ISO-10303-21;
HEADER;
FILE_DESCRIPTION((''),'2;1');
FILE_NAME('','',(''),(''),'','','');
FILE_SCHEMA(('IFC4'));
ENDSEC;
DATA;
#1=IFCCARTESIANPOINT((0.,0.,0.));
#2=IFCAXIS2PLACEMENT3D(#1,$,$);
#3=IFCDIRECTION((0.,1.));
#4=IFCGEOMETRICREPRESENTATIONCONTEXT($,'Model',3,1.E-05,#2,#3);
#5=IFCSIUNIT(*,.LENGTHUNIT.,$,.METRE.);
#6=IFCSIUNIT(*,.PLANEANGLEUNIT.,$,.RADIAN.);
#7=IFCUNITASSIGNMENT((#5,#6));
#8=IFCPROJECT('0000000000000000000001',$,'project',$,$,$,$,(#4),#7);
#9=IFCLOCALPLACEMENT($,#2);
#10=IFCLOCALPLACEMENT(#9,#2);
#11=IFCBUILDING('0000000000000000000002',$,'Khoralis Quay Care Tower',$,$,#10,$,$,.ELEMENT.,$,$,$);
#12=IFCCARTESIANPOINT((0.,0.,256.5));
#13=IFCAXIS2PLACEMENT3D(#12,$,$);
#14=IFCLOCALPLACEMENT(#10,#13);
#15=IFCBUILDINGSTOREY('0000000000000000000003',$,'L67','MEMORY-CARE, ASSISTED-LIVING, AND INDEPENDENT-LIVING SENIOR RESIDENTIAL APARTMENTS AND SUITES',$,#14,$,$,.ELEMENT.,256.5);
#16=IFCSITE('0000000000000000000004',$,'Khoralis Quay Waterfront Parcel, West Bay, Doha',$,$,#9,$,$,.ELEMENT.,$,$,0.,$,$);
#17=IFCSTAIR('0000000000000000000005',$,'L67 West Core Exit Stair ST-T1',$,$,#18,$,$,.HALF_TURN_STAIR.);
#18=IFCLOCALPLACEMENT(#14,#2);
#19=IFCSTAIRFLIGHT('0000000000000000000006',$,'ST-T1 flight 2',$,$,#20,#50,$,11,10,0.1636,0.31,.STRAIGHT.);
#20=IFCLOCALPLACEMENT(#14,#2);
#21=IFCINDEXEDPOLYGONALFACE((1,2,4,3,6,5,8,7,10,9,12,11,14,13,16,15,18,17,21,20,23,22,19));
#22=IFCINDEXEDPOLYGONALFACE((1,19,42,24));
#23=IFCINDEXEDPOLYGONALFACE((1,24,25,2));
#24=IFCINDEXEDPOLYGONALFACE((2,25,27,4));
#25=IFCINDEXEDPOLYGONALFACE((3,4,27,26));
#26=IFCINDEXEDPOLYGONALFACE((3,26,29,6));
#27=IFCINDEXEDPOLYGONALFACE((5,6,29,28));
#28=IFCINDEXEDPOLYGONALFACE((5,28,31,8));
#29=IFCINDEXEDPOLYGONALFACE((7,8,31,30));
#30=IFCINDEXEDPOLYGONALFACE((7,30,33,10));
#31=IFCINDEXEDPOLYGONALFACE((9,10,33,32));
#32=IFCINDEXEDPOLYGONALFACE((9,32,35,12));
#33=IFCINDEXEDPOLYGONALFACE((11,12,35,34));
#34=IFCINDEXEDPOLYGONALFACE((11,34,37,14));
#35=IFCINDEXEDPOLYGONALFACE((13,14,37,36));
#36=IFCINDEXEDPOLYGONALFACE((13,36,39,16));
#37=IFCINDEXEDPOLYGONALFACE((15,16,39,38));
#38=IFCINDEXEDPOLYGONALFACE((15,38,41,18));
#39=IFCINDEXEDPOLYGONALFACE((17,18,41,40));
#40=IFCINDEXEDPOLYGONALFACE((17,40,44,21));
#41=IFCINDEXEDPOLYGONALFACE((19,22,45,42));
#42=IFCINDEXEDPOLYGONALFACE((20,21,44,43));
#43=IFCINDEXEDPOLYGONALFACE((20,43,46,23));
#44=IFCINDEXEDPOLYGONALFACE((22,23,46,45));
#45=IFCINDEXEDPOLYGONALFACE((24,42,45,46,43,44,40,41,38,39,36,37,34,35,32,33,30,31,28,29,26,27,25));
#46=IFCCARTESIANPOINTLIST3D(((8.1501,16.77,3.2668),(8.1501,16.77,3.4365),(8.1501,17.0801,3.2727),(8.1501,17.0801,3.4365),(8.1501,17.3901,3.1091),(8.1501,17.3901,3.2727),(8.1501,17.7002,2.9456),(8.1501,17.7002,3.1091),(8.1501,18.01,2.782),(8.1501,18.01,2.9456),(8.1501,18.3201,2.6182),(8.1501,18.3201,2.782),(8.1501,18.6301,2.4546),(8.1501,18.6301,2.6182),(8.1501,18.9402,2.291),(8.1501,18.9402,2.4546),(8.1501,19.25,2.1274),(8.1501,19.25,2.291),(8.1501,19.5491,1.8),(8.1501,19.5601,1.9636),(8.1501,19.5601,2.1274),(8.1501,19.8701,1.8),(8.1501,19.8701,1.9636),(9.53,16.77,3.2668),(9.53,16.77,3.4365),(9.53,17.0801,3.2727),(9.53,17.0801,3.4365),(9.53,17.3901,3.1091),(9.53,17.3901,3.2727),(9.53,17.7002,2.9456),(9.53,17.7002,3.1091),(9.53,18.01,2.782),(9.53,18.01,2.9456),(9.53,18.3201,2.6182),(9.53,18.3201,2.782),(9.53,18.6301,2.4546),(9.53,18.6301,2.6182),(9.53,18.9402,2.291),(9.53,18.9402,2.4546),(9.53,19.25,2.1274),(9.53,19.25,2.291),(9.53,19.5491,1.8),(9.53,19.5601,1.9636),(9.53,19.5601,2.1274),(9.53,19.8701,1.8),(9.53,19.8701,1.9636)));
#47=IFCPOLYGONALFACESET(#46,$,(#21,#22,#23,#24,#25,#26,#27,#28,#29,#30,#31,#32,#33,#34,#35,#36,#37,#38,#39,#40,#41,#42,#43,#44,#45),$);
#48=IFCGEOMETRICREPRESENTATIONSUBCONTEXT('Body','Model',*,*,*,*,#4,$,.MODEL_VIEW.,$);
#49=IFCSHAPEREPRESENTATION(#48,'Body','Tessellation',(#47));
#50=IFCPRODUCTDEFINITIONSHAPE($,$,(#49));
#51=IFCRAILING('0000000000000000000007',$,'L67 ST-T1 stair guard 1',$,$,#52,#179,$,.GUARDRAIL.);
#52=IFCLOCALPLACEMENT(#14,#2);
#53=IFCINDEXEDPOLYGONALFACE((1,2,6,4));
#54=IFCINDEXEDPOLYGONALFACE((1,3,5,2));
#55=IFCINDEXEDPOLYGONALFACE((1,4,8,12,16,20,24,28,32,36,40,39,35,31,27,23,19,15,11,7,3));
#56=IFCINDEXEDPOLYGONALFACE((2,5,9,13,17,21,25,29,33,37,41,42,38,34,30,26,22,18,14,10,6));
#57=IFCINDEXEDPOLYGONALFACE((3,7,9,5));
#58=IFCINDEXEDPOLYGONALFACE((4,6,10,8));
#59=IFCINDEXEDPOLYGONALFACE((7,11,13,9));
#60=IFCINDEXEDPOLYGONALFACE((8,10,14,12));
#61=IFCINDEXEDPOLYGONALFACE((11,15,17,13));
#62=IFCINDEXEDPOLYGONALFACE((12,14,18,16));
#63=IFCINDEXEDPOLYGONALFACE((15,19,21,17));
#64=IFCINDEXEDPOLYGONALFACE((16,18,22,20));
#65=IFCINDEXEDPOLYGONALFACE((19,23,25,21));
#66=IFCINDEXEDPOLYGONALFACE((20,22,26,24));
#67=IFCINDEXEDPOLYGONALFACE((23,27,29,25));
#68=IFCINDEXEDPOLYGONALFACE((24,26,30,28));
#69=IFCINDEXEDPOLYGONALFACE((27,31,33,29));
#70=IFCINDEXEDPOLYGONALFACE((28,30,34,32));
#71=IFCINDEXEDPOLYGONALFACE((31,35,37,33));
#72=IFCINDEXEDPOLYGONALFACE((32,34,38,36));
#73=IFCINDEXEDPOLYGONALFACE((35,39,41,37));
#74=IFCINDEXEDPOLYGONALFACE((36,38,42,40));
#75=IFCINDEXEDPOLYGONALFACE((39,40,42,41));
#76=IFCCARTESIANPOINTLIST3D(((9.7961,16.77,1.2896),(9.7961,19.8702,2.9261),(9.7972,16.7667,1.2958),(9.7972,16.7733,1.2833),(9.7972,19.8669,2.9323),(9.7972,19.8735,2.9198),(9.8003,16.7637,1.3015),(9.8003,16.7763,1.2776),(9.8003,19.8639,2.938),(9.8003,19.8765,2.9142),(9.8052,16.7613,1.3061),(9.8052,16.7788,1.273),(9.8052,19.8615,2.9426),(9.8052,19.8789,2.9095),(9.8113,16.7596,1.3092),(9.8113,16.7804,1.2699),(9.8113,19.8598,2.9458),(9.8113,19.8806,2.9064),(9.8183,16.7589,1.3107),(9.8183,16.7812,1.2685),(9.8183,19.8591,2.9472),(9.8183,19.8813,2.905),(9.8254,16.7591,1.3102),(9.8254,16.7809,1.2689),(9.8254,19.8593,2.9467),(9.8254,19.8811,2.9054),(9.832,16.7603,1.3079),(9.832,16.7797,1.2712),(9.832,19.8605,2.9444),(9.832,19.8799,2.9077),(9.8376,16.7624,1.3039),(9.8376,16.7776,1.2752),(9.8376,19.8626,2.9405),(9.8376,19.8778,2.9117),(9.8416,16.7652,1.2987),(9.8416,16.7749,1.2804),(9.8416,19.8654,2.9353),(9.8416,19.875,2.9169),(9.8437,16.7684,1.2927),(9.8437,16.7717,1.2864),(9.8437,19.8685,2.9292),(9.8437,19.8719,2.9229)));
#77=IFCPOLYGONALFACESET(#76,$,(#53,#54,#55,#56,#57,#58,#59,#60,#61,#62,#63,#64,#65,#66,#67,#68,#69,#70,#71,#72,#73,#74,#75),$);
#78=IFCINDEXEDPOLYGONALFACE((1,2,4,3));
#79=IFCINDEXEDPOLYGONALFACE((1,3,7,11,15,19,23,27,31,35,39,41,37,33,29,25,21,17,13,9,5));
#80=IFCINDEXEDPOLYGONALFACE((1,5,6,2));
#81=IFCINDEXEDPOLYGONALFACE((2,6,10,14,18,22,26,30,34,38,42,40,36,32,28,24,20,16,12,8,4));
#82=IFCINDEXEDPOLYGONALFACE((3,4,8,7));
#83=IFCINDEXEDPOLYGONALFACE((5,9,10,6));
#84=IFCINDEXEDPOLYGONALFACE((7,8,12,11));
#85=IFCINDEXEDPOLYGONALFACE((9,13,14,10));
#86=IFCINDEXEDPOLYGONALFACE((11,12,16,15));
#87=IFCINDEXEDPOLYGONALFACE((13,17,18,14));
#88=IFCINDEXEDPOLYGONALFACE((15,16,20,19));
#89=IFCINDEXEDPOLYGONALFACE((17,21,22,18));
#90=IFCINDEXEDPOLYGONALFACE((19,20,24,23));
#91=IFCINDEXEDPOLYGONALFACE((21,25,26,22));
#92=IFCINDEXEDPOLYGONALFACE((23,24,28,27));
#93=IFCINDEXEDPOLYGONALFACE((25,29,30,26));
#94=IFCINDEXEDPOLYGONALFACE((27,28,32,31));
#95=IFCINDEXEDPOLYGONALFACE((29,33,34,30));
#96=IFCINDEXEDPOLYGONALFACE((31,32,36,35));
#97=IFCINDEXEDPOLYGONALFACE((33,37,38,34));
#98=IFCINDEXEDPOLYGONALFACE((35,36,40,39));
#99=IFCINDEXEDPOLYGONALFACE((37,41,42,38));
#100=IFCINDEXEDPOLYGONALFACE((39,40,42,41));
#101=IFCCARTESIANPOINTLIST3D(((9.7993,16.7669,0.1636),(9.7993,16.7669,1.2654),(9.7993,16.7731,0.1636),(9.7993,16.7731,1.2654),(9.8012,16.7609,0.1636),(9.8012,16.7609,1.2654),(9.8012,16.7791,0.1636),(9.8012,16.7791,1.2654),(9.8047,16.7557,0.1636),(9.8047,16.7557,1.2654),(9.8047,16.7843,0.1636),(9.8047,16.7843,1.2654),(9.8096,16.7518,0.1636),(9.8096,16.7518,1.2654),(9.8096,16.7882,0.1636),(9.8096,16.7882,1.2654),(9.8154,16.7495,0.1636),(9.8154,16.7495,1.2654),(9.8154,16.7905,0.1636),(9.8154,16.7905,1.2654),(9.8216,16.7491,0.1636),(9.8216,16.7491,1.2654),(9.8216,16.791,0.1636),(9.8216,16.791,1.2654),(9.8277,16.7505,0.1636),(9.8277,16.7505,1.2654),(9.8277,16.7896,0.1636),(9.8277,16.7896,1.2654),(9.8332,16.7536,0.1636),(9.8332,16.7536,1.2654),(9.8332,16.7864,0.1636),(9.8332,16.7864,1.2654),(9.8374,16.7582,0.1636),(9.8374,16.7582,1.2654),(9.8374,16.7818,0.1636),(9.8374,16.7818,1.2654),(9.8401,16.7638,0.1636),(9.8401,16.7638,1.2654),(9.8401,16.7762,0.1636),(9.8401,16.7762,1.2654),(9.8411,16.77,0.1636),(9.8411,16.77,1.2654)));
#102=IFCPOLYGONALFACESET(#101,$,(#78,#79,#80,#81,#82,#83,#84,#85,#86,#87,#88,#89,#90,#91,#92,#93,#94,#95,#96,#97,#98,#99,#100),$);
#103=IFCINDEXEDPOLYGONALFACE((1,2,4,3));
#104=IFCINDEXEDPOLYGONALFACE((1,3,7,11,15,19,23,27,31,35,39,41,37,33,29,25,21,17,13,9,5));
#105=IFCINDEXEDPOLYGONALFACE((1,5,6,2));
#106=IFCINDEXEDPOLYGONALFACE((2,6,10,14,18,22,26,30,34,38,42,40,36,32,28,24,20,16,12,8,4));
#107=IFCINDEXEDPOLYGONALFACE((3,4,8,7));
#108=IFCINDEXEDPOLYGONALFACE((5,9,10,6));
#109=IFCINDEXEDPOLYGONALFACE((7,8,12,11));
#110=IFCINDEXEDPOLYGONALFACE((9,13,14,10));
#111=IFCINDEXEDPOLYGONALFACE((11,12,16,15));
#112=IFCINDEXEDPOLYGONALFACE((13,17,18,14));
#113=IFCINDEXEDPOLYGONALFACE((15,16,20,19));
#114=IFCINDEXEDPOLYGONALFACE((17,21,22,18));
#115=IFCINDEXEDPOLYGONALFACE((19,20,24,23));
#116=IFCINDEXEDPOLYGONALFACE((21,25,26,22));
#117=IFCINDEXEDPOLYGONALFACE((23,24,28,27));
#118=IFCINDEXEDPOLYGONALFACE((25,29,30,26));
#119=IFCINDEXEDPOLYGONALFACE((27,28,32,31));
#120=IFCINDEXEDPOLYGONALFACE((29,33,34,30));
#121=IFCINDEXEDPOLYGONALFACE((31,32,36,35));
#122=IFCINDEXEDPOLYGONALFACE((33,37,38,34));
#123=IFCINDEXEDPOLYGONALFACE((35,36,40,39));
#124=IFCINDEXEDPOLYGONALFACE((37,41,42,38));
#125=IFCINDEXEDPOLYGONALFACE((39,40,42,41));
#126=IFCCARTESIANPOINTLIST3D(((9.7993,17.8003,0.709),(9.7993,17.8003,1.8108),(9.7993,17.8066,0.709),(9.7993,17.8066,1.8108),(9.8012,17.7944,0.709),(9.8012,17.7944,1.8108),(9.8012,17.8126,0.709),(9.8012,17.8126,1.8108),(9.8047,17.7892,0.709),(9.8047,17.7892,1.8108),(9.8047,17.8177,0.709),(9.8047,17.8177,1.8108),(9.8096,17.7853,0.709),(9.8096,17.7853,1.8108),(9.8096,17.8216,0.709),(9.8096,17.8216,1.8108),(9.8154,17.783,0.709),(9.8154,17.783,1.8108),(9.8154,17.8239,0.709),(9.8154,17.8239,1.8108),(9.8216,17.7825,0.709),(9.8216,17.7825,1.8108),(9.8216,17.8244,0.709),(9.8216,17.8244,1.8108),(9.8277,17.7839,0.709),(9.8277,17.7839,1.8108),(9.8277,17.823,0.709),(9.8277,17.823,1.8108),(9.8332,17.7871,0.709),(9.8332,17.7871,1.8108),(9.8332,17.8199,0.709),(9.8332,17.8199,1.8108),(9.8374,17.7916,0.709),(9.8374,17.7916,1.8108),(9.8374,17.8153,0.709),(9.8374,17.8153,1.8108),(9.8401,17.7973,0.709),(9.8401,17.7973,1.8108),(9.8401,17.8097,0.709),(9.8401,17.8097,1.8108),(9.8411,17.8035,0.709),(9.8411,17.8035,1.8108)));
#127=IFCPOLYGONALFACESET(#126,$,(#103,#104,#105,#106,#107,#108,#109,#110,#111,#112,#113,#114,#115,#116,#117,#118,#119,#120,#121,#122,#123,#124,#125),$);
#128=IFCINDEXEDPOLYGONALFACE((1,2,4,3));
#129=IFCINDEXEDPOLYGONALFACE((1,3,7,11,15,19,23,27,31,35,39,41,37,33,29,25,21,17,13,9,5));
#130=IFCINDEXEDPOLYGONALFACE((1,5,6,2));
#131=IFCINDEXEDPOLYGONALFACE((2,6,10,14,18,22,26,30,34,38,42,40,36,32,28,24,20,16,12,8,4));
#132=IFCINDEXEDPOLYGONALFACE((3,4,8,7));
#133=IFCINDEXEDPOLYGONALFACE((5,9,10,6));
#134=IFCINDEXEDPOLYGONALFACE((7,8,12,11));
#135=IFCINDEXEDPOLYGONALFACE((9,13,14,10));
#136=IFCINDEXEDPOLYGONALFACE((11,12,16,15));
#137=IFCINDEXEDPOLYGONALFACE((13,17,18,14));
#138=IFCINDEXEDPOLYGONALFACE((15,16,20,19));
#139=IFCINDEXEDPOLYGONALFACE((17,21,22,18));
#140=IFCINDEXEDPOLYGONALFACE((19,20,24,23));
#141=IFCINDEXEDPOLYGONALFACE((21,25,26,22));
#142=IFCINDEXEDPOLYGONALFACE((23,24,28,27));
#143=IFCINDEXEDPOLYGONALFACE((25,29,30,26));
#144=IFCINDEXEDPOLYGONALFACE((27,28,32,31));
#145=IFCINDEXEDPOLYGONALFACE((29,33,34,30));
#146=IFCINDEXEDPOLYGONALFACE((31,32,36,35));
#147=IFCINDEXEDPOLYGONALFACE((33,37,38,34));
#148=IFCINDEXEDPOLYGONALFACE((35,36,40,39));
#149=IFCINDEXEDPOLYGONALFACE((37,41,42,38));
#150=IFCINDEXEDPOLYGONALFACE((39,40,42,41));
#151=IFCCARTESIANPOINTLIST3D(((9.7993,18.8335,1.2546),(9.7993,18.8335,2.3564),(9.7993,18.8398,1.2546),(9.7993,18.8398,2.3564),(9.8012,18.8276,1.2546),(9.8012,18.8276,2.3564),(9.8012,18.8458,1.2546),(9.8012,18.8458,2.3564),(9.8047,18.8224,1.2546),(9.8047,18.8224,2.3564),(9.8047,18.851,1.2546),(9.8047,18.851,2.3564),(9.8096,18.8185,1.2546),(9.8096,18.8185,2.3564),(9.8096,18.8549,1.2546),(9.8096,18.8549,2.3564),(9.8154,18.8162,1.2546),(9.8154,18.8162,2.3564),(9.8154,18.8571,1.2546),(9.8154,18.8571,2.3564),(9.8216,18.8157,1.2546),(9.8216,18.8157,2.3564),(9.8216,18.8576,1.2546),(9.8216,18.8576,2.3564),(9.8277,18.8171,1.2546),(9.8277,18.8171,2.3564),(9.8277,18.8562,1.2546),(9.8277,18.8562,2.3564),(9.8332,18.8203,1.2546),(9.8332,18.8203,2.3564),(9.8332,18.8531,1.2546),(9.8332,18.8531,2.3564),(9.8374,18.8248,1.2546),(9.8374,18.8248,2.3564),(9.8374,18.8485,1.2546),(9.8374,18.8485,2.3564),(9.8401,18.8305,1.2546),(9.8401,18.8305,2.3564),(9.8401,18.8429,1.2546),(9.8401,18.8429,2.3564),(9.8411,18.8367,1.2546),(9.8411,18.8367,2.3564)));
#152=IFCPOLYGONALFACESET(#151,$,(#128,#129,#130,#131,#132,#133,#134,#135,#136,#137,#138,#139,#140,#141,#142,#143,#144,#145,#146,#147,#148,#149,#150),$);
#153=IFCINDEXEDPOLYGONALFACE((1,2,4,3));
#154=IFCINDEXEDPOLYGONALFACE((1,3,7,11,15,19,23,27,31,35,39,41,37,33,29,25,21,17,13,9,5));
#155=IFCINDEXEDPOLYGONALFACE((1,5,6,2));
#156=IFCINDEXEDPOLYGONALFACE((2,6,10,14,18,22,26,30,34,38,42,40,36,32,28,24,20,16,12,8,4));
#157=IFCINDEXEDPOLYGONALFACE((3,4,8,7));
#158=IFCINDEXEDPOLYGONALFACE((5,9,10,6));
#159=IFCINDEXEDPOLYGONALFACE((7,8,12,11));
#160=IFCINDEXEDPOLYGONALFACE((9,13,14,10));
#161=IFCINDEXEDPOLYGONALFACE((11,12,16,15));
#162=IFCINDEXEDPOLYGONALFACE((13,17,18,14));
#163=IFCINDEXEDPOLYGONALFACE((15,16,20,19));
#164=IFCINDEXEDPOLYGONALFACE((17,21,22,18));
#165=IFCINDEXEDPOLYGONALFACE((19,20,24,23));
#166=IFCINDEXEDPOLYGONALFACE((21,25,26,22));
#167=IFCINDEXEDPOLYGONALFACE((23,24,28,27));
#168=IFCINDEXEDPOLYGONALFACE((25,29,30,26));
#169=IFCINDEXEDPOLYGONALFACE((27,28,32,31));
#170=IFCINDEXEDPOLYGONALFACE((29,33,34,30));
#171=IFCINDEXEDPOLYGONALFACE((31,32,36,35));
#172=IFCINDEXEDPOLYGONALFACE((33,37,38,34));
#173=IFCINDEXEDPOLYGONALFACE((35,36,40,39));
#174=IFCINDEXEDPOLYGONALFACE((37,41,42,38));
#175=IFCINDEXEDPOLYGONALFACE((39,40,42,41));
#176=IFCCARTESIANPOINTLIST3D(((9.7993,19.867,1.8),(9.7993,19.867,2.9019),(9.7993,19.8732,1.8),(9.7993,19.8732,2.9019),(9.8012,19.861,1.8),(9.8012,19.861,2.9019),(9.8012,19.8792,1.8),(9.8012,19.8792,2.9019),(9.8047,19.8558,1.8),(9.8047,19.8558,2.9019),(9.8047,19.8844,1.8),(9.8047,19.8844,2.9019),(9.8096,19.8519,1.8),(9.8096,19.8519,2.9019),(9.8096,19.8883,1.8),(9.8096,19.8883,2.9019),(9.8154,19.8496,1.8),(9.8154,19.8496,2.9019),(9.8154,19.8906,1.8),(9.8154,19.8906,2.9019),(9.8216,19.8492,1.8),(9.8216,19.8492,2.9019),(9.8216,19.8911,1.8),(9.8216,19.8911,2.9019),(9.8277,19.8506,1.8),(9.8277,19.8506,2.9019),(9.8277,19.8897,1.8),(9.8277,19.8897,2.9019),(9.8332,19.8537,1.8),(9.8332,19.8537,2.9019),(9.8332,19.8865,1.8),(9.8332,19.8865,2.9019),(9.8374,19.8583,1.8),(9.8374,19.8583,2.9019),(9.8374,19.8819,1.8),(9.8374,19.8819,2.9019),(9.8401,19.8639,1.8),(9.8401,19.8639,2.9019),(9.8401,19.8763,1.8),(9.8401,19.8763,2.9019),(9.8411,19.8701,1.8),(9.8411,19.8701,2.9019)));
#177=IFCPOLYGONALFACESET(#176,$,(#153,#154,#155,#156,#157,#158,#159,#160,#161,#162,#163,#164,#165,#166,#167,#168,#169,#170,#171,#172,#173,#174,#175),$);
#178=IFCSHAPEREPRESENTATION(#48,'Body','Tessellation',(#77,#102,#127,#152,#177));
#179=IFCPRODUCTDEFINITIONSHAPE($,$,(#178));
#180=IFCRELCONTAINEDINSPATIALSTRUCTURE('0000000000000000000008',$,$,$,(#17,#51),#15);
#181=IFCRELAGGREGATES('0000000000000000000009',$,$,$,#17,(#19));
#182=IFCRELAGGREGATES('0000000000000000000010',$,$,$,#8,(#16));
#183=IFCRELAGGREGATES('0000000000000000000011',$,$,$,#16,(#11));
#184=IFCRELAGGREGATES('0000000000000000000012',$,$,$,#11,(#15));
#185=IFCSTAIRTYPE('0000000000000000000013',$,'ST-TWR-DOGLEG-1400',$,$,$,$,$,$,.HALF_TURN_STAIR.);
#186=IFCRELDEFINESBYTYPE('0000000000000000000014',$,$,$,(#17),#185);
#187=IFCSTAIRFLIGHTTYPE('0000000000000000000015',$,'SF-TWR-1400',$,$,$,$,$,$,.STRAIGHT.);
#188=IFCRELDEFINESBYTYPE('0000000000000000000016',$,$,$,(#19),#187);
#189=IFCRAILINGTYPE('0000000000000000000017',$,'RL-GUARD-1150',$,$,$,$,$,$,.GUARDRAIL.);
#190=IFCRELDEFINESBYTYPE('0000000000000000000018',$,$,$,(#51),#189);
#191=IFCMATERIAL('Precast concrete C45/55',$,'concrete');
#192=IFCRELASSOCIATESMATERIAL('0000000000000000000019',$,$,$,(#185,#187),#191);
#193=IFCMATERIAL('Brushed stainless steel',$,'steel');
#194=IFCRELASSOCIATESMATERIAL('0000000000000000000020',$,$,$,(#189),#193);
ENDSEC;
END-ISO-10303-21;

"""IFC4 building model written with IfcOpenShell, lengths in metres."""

from ifc_helpers import new_model, si_unit, direction, frame, origin, origin_2d, place, context, subcontext, project, spatial, polyline, circle, outline, extrude, source, transform, mapped, material, type_object, element, aggregate, save


model = new_model("IFC4")

# Units and contexts
model_context = context("Model", 3, precision=1e-05, world=origin(), true_north=direction((0.0, 1.0)))
body_context = subcontext(model_context, "Body", "Model", "MODEL_VIEW")
ifc_project = project(units=[si_unit("LENGTHUNIT", "METRE"), si_unit("PLANEANGLEUNIT", "RADIAN")], contexts=[model_context])

# Site, building, storey
site_placement = place(None, origin())
site = spatial("IfcSite", under=ifc_project, at=site_placement, Name="Khoralis Quay Waterfront Parcel, West Bay, Doha", CompositionType="ELEMENT", RefElevation=0.0)
building_placement = place(site_placement, origin())
building = spatial("IfcBuilding", under=site, at=building_placement, Name="Khoralis Quay Care Tower", CompositionType="ELEMENT")
storey_placement = place(building_placement, frame((0.0, 0.0, 256.5)))
storey = spatial("IfcBuildingStorey", under=building, at=storey_placement, Name="L67", Description="MEMORY-CARE, ASSISTED-LIVING, AND INDEPENDENT-LIVING SENIOR RESIDENTIAL APARTMENTS AND SUITES", CompositionType="ELEMENT", Elevation=256.5)

# Shared definitions
ifc_material_1 = material(Name="Brushed stainless steel", Category="steel")

# Stair, stair flight
ifc_material_2 = material(Name="Precast concrete C45/55", Category="concrete")
stair_type = type_object("IfcStairType", Name="ST-TWR-DOGLEG-1400", PredefinedType="HALF_TURN_STAIR", material=ifc_material_2)
stair_placement = place(storey_placement, origin())
stair = element("IfcStair", 1, at=stair_placement, inside=storey, type_object=stair_type, Name="L67 West Core Exit Stair ST-T1", PredefinedType="HALF_TURN_STAIR")
stair_flight_type = type_object("IfcStairFlightType", Name="SF-TWR-1400", PredefinedType="STRAIGHT", material=ifc_material_2)
shared_shape_1 = source(origin(), body_context, "Body", "SweptSolid", [
    extrude(outline(polyline([(0.0, 0.0), (0.0, 0.1636), (0.3101, 0.1636), (0.3101, 0.3274), (0.6201, 0.3274), (0.6201, 0.491), (0.9299, 0.491), (0.9299, 0.6545), (1.24, 0.6545), (1.24, 0.8181), (1.55, 0.8181), (1.55, 0.9819), (1.8601, 0.9819), (1.8601, 1.1455), (2.1699, 1.1455), (2.1699, 1.3091), (2.48, 1.3091), (2.48, 1.4727), (2.79, 1.4727), (2.79, 1.6365), (3.1001, 1.6365), (3.1001, 1.8), (3.1001, 1.4668), (0.321, 0.0), (0.0, 0.0)])), frame((0.0, 0.6899, 0.0), z_axis=(0.0, -1.0, 0.0), x_axis=(1.0, 0.0, 0.0)), (0.0, 0.0, 1.0), 1.3799),
])
stair_flight_1_placement = place(storey_placement, frame((8.8401, 19.8701, 1.8), z_axis=(0.0, 0.0, 1.0), x_axis=(0.0, -1.0, 0.0)))
stair_flight_1 = element("IfcStairFlight", 2, at=stair_flight_1_placement, type_object=stair_flight_type, Name="ST-T1 flight 2", NumberOfRisers=11, NumberOfTreads=10, PredefinedType="STRAIGHT", RiserHeight=0.1636, TreadLength=0.31, context=body_context, shape_type="MappedRepresentation", body=[
    mapped(shared_shape_1, transform((0.0, 0.0, 0.0), scale=1.0)),
])
aggregate(stair, [stair_flight_1])

# Railing
railing_type_1 = type_object("IfcRailingType", Name="RL-GUARD-1150", PredefinedType="GUARDRAIL", material=ifc_material_1)
railing_1_placement = place(storey_placement, frame((9.8201, 16.77, 0.1636)))
element("IfcRailing", 3, at=railing_1_placement, inside=storey, type_object=railing_type_1, Name="L67 ST-T1 stair guard 1", PredefinedType="GUARDRAIL", context=body_context, shape_type="SweptSolid", body=[
    extrude(circle(Radius=0.0239, at=origin_2d()), frame((0.0, 0.0, 1.126), z_axis=(0.0, 0.884348, 0.466828), x_axis=(-1.0, 0.0, 0.0)), (0.0, 0.0, 1.0), 3.5056),
    extrude(circle(Radius=0.021, at=origin_2d()), origin(), (0.0, 0.0, 1.0), 1.1018),
    extrude(circle(Radius=0.021, at=origin_2d()), frame((0.0, 1.0334, 0.5454)), (0.0, 0.0, 1.0), 1.1018),
    extrude(circle(Radius=0.021, at=origin_2d()), frame((0.0, 2.0667, 1.0911)), (0.0, 0.0, 1.0), 1.1018),
    extrude(circle(Radius=0.021, at=origin_2d()), frame((0.0, 3.1001, 1.6365)), (0.0, 0.0, 1.0), 1.1018),
])

save(model, "model.ifc")
